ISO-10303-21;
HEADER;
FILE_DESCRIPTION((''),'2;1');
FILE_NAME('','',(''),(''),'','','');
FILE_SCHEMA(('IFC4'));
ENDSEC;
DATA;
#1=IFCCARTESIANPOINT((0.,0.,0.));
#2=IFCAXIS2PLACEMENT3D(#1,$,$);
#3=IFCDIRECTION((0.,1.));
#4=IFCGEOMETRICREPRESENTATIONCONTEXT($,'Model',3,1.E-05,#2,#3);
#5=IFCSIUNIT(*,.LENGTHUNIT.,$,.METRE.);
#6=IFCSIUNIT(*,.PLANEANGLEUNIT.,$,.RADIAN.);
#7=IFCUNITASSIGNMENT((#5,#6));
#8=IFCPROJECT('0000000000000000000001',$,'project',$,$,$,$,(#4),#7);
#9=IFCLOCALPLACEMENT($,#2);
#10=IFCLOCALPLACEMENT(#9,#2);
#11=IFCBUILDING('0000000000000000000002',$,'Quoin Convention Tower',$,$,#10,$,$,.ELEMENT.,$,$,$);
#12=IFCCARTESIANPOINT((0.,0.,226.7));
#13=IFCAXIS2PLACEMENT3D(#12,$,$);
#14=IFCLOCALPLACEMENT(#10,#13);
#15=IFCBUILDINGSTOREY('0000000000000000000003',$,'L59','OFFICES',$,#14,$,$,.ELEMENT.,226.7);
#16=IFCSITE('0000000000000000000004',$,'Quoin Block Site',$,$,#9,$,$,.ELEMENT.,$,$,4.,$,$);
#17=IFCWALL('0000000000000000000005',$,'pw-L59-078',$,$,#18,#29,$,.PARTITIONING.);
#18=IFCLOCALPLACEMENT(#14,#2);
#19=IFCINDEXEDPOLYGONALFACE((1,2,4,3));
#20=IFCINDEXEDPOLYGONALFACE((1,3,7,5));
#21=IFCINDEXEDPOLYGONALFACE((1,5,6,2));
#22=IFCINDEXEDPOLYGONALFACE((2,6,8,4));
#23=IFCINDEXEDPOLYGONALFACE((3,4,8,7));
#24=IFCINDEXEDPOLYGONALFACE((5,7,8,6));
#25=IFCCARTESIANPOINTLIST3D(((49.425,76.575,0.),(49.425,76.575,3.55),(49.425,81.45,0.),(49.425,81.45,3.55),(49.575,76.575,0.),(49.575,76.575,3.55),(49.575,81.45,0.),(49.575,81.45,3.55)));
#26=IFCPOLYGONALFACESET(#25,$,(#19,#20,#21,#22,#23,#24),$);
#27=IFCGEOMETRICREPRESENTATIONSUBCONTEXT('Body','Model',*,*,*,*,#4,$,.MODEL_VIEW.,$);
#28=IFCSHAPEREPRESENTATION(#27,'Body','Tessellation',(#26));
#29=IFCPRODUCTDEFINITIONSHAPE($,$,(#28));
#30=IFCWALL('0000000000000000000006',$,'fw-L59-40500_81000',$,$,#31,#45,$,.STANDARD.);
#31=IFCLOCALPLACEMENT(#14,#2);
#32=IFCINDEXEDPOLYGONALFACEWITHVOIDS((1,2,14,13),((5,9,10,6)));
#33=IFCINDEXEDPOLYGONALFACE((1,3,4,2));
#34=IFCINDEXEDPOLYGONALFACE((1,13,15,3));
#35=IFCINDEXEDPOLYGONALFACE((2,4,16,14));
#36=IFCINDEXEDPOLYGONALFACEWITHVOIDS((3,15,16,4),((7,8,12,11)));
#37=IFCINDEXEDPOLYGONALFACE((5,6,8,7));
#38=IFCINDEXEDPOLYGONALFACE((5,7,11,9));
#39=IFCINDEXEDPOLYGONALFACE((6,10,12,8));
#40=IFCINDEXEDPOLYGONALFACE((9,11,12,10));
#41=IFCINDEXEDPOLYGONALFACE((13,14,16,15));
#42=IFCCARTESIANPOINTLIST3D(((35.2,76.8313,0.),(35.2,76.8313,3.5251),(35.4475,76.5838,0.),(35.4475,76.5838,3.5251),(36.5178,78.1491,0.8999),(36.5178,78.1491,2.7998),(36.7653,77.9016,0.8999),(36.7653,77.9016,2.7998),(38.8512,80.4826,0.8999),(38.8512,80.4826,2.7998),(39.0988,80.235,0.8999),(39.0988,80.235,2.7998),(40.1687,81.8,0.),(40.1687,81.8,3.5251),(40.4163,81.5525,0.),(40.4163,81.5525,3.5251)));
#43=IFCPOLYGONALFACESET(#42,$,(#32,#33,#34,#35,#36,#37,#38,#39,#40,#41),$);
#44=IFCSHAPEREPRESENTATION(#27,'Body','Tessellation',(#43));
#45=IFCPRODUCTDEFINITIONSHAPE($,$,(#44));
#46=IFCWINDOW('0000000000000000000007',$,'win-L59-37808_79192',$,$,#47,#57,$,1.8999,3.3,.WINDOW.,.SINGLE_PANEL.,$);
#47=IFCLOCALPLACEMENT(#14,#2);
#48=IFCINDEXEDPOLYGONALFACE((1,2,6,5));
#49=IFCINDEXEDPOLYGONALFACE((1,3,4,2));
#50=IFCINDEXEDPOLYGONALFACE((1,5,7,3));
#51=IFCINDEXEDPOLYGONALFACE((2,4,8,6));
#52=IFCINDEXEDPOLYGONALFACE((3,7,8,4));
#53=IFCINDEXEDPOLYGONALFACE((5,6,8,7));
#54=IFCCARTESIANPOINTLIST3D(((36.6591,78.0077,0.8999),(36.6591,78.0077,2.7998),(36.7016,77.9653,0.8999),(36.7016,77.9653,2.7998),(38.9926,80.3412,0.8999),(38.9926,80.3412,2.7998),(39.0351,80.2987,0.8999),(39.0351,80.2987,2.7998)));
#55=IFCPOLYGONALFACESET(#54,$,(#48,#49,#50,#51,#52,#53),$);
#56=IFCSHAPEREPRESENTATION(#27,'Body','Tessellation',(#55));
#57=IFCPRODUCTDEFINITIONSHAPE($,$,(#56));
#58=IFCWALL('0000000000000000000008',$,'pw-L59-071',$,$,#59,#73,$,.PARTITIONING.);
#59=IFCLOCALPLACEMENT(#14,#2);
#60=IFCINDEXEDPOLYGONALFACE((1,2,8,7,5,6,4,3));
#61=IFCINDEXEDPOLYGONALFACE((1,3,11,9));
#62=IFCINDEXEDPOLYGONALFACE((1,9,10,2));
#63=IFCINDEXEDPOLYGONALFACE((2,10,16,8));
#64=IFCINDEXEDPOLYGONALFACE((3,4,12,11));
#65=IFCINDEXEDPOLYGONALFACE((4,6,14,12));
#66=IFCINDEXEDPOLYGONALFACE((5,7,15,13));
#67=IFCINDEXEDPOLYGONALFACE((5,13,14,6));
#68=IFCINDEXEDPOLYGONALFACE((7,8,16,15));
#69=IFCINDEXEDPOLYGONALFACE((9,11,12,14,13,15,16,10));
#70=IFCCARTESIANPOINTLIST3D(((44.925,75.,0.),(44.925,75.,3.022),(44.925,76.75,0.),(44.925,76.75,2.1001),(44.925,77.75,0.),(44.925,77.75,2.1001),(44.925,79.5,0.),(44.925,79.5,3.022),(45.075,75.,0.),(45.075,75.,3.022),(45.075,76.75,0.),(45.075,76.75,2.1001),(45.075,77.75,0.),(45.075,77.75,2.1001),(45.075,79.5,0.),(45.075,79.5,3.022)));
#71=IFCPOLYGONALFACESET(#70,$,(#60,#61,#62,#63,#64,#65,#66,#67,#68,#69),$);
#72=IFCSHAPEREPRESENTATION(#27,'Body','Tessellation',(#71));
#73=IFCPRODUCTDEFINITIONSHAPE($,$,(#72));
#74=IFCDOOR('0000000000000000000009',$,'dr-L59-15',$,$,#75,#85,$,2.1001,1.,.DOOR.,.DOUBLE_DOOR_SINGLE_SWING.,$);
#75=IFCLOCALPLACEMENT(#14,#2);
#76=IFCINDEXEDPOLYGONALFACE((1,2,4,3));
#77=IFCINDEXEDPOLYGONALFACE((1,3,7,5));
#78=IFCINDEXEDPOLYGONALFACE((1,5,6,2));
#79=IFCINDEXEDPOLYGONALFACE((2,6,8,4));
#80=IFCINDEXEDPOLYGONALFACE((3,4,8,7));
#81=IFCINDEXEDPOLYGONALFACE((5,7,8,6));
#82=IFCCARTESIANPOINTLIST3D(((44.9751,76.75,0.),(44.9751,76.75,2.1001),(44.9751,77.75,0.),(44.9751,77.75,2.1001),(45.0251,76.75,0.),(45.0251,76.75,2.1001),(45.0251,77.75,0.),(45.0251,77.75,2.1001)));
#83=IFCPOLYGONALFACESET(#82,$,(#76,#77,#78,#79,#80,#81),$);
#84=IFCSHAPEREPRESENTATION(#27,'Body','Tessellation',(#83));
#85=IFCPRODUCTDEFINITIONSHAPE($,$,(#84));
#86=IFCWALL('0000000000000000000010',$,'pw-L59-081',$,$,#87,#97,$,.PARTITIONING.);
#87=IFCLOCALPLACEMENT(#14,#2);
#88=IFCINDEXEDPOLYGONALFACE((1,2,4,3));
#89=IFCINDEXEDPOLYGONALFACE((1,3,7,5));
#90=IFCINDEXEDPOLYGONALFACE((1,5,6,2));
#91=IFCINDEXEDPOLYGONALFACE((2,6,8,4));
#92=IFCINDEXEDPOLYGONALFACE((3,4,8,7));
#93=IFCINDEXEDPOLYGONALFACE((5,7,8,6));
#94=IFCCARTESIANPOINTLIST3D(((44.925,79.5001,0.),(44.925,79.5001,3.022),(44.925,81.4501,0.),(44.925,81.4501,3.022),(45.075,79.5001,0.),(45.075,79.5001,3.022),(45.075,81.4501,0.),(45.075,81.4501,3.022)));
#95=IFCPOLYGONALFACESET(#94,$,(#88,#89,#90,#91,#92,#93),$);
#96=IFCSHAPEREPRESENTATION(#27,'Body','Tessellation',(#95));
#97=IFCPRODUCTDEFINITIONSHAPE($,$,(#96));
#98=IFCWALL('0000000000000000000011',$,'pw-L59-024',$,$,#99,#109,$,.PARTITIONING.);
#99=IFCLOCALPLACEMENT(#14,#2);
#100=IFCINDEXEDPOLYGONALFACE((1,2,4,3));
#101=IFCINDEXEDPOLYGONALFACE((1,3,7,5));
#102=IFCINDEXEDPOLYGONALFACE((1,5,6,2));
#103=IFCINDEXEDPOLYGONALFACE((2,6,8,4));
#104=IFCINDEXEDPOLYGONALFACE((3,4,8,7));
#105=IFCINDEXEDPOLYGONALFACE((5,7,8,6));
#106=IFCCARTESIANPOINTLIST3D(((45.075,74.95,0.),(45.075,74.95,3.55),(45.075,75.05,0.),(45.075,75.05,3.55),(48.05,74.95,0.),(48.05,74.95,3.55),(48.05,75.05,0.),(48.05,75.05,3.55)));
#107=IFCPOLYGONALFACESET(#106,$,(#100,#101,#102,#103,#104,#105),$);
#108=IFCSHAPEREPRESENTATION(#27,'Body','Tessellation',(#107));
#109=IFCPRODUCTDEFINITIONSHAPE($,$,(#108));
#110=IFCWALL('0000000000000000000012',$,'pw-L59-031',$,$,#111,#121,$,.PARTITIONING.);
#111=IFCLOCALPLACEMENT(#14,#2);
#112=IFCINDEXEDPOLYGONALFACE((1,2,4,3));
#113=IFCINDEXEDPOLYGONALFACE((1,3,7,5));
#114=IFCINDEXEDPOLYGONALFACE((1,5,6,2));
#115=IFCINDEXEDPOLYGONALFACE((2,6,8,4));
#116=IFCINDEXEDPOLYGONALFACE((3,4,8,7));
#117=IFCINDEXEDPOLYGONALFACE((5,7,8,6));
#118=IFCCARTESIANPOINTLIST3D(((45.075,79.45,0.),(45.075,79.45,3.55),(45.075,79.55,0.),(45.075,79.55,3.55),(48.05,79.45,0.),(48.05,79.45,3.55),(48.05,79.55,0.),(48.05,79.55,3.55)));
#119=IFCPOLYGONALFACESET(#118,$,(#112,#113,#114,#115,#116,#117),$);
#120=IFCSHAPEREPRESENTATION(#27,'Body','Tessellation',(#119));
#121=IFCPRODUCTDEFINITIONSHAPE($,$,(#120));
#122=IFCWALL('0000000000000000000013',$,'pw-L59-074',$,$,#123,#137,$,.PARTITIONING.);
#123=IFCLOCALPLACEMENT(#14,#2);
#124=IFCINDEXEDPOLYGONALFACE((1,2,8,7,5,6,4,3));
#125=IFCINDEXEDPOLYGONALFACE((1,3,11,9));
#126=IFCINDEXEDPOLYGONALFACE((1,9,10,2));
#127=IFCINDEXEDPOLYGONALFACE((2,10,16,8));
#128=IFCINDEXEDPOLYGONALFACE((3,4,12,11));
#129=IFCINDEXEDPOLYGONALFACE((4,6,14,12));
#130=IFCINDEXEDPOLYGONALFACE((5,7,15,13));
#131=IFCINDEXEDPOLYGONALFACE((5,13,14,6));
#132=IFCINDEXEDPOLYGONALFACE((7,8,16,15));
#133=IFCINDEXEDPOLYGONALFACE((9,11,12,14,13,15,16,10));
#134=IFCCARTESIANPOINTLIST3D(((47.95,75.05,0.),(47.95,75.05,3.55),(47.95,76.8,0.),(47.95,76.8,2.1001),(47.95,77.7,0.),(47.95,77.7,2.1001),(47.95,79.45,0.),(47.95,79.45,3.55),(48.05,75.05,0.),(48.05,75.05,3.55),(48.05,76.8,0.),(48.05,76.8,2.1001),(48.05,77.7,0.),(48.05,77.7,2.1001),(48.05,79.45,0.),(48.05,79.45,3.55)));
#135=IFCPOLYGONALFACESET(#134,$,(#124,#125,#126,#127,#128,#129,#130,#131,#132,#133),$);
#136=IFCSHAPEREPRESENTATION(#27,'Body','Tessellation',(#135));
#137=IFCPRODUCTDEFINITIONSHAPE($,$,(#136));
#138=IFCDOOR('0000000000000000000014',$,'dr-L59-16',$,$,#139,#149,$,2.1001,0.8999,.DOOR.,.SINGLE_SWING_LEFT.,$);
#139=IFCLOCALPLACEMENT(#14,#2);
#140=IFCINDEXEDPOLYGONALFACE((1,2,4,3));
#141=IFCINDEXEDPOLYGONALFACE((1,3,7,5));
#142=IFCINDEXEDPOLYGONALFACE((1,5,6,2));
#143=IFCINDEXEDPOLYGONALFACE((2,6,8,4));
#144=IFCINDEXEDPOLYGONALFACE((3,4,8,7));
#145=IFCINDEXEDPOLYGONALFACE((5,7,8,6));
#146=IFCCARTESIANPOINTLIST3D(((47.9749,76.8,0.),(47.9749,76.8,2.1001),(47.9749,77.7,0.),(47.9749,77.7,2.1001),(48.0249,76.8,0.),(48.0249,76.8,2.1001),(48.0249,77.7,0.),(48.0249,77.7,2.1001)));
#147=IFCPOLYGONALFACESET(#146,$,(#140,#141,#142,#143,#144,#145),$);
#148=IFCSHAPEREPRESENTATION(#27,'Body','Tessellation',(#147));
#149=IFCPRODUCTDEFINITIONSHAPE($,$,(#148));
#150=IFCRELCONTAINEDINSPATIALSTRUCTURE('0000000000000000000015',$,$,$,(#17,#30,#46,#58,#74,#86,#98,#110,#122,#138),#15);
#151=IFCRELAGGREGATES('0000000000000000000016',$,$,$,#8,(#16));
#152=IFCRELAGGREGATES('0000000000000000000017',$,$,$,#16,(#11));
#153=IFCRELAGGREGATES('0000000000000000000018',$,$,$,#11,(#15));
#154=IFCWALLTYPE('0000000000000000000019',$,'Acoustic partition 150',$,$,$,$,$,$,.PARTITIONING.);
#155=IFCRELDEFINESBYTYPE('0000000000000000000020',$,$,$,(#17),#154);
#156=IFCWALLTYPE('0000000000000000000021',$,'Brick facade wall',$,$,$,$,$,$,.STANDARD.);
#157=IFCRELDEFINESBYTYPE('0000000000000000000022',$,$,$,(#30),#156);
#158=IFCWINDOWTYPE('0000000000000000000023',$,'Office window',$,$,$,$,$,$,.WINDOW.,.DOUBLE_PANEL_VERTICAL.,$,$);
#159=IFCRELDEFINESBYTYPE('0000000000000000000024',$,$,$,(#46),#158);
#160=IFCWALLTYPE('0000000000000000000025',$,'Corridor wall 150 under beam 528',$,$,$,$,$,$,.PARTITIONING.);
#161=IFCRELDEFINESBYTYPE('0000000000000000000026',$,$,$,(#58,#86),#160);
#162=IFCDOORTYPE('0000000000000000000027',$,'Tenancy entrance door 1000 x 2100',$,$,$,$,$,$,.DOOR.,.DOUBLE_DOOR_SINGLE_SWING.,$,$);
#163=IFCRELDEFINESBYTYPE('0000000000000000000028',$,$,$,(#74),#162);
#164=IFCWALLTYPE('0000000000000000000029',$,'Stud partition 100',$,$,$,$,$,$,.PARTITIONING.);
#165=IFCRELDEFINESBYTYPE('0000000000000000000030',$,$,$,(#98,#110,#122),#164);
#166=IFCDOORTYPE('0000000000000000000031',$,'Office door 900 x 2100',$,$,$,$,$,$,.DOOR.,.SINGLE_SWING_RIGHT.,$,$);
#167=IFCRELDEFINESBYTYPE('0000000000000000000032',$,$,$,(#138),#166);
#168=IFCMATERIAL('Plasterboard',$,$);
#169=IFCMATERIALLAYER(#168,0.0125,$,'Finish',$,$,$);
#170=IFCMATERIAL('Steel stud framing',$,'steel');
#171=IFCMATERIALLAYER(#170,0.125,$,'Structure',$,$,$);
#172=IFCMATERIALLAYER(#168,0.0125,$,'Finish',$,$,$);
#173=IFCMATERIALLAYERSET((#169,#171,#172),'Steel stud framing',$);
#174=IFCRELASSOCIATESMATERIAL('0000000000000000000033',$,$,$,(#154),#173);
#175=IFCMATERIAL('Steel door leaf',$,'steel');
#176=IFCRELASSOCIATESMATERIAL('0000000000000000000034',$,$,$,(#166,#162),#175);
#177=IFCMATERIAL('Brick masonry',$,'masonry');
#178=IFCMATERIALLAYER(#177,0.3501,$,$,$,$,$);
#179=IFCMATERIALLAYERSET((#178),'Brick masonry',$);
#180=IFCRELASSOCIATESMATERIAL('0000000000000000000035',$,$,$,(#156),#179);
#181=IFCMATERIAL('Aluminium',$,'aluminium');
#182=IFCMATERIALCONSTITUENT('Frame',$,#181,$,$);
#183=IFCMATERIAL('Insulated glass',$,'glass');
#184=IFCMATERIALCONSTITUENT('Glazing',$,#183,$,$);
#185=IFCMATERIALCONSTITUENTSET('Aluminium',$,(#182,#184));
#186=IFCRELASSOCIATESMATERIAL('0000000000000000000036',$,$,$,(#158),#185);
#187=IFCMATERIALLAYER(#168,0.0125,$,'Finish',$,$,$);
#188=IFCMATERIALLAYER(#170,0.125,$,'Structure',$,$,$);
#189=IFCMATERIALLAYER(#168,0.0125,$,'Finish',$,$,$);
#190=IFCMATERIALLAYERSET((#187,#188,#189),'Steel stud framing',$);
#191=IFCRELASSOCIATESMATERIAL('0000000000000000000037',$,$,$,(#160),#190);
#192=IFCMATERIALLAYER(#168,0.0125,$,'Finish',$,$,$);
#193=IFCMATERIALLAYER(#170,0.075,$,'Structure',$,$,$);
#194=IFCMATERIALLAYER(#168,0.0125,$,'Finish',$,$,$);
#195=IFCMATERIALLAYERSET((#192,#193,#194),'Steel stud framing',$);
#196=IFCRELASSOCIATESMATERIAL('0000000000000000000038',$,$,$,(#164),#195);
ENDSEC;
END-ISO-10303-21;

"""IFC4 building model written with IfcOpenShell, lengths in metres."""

from ifc_helpers import new_model, si_unit, direction, frame, frame_2d, origin, place, context, subcontext, project, spatial, rectangle, extrude, material, layer, layer_set, constituent, constituent_set, type_object, element, fill, save


model = new_model("IFC4")

# Units and contexts
model_context = context("Model", 3, precision=1e-05, world=origin(), true_north=direction((0.0, 1.0)))
body_context = subcontext(model_context, "Body", "Model", "MODEL_VIEW")
ifc_project = project(units=[si_unit("LENGTHUNIT", "METRE"), si_unit("PLANEANGLEUNIT", "RADIAN")], contexts=[model_context])

# Site, building, storey
site_placement = place(None, origin())
site = spatial("IfcSite", under=ifc_project, at=site_placement, Name="Quoin Block Site", CompositionType="ELEMENT", RefElevation=4.0)
building_placement = place(site_placement, origin())
building = spatial("IfcBuilding", under=site, at=building_placement, Name="Quoin Convention Tower", CompositionType="ELEMENT")
storey_placement = place(building_placement, frame((0.0, 0.0, 226.7)))
storey = spatial("IfcBuildingStorey", under=building, at=storey_placement, Name="L59", Description="OFFICES", CompositionType="ELEMENT", Elevation=226.7)

# Shared definitions
ifc_material_1 = material(Name="Plasterboard")
ifc_layer_1 = layer(ifc_material_1, 0.0125, Name="Finish")
ifc_material_2 = material(Name="Steel stud framing", Category="steel")
ifc_layer_2 = layer(ifc_material_2, 0.125, Name="Structure")
ifc_layer_3 = layer(ifc_material_1, 0.0125, Name="Finish")
ifc_layer_set_1 = layer_set([ifc_layer_1, ifc_layer_2, ifc_layer_3], Name="Steel stud framing")
wall_type_1 = type_object("IfcWallType", Name="Acoustic partition 150", PredefinedType="PARTITIONING", material=ifc_layer_set_1)
ifc_material_3 = material(Name="Steel door leaf", Category="steel")
door_type_1 = type_object("IfcDoorType", Name="Office door 900 x 2100", OperationType="SINGLE_SWING_RIGHT", PredefinedType="DOOR", material=ifc_material_3)

# Wall
wall_1_placement = place(storey_placement, frame((49.5, 76.575, 0.0), z_axis=(0.0, 0.0, 1.0), x_axis=(0.0, 1.0, 0.0)))
element("IfcWall", 1, at=wall_1_placement, inside=storey, type_object=wall_type_1, Name="pw-L59-078", PredefinedType="PARTITIONING", context=body_context, shape_type="SweptSolid", body=[
    extrude(rectangle(XDim=4.875, YDim=0.1499, at=frame_2d((2.4375, 0.0))), origin(), (0.0, 0.0, 1.0), 3.55),
])

# Wall, opening, window
ifc_material_4 = material(Name="Brick masonry", Category="masonry")
ifc_layer_4 = layer(ifc_material_4, 0.3501)
ifc_layer_set_2 = layer_set([ifc_layer_4], Name="Brick masonry")
wall_type_2 = type_object("IfcWallType", Name="Brick facade wall", PredefinedType="STANDARD", material=ifc_layer_set_2)
wall_2_placement = place(storey_placement, frame((40.2925, 81.6763, 0.0), z_axis=(0.0, 0.0, 1.0), x_axis=(-0.707107, -0.707107, 0.0)))
wall_2 = element("IfcWall", 2, at=wall_2_placement, inside=storey, type_object=wall_type_2, Name="fw-L59-40500_81000", PredefinedType="STANDARD", context=body_context, shape_type="SweptSolid", body=[
    extrude(rectangle(XDim=7.0269, YDim=0.3501, at=frame_2d((3.5134, 0.0))), origin(), (0.0, 0.0, 1.0), 3.5251),
])
opening_1_placement = place(wall_2_placement, frame((1.8633, 0.0, 0.8999)))
opening_1 = element("IfcOpeningElement", 3, at=opening_1_placement, cuts=wall_2, PredefinedType="OPENING", context=body_context, shape_type="SweptSolid", body=[
    extrude(rectangle(XDim=3.3, YDim=1.8999, at=frame_2d((1.6499, 0.95))), frame((0.0, 0.1851, 0.0), z_axis=(0.0, -1.0, 0.0), x_axis=(1.0, 0.0, 0.0)), (0.0, 0.0, 1.0), 0.3701),
])
ifc_material_5 = material(Name="Aluminium", Category="aluminium")
ifc_constituent_1 = constituent(ifc_material_5, Name="Frame")
ifc_material_6 = material(Name="Insulated glass", Category="glass")
ifc_constituent_2 = constituent(ifc_material_6, Name="Glazing")
ifc_constituent_set = constituent_set(constituents=[ifc_constituent_1, ifc_constituent_2], Name="Aluminium")
window_type = type_object("IfcWindowType", Name="Office window", PartitioningType="DOUBLE_PANEL_VERTICAL", PredefinedType="WINDOW", material=ifc_constituent_set)
window_placement = place(opening_1_placement, origin())
window = element("IfcWindow", 4, at=window_placement, inside=storey, type_object=window_type, Name="win-L59-37808_79192", OverallHeight=1.8999, OverallWidth=3.3, PartitioningType="SINGLE_PANEL", PredefinedType="WINDOW", context=body_context, shape_type="SweptSolid", body=[
    extrude(rectangle(XDim=3.3, YDim=1.8999, at=frame_2d((1.6499, 0.95))), frame((0.0, 0.085, 0.0), z_axis=(0.0, -1.0, 0.0), x_axis=(1.0, 0.0, 0.0)), (0.0, 0.0, 1.0), 0.0601),
])
fill(opening_1, window)

# Wall, opening, door
ifc_layer_5 = layer(ifc_material_1, 0.0125, Name="Finish")
ifc_layer_6 = layer(ifc_material_2, 0.125, Name="Structure")
ifc_layer_7 = layer(ifc_material_1, 0.0125, Name="Finish")
ifc_layer_set_3 = layer_set([ifc_layer_5, ifc_layer_6, ifc_layer_7], Name="Steel stud framing")
wall_type_3 = type_object("IfcWallType", Name="Corridor wall 150 under beam 528", PredefinedType="PARTITIONING", material=ifc_layer_set_3)
wall_3_placement = place(storey_placement, frame((45.0, 75.0, 0.0), z_axis=(0.0, 0.0, 1.0), x_axis=(0.0, 1.0, 0.0)))
wall_3 = element("IfcWall", 5, at=wall_3_placement, inside=storey, type_object=wall_type_3, Name="pw-L59-071", PredefinedType="PARTITIONING", context=body_context, shape_type="SweptSolid", body=[
    extrude(rectangle(XDim=4.5, YDim=0.1499, at=frame_2d((2.25, 0.0))), origin(), (0.0, 0.0, 1.0), 3.022),
])
opening_2_placement = place(wall_3_placement, frame((1.75, 0.0, 0.0)))
opening_2 = element("IfcOpeningElement", 6, at=opening_2_placement, cuts=wall_3, PredefinedType="OPENING", context=body_context, shape_type="SweptSolid", body=[
    extrude(rectangle(XDim=1.0, YDim=2.1001, at=frame_2d((0.5, 1.05))), frame((0.0, 0.085, 0.0), z_axis=(0.0, -1.0, 0.0), x_axis=(1.0, 0.0, 0.0)), (0.0, 0.0, 1.0), 0.1699),
])
door_type_2 = type_object("IfcDoorType", Name="Tenancy entrance door 1000 x 2100", OperationType="DOUBLE_DOOR_SINGLE_SWING", PredefinedType="DOOR", material=ifc_material_3)
door_1_placement = place(opening_2_placement, origin())
door_1 = element("IfcDoor", 7, at=door_1_placement, inside=storey, type_object=door_type_2, Name="dr-L59-15", OperationType="DOUBLE_DOOR_SINGLE_SWING", OverallHeight=2.1001, OverallWidth=1.0, PredefinedType="DOOR", context=body_context, shape_type="SweptSolid", body=[
    extrude(rectangle(XDim=1.0, YDim=2.1001, at=frame_2d((0.5, 1.05))), frame((0.0, 0.0249, 0.0), z_axis=(0.0, -1.0, 0.0), x_axis=(1.0, 0.0, 0.0)), (0.0, 0.0, 1.0), 0.05),
])
fill(opening_2, door_1)

# Walls
wall_4_placement = place(storey_placement, frame((45.0, 79.5, 0.0), z_axis=(0.0, 0.0, 1.0), x_axis=(0.0, 1.0, 0.0)))
element("IfcWall", 8, at=wall_4_placement, inside=storey, type_object=wall_type_3, Name="pw-L59-081", PredefinedType="PARTITIONING", context=body_context, shape_type="SweptSolid", body=[
    extrude(rectangle(XDim=1.95, YDim=0.1499, at=frame_2d((0.9751, 0.0))), origin(), (0.0, 0.0, 1.0), 3.022),
])
ifc_layer_8 = layer(ifc_material_1, 0.0125, Name="Finish")
ifc_layer_9 = layer(ifc_material_2, 0.075, Name="Structure")
ifc_layer_10 = layer(ifc_material_1, 0.0125, Name="Finish")
ifc_layer_set_4 = layer_set([ifc_layer_8, ifc_layer_9, ifc_layer_10], Name="Steel stud framing")
wall_type_4 = type_object("IfcWallType", Name="Stud partition 100", PredefinedType="PARTITIONING", material=ifc_layer_set_4)
for number, where, z_axis, x_axis, name in (
    (9, (45.075, 75.0, 0.0), (0.0, 0.0, 1.0), (1.0, 0.0, 0.0), "pw-L59-024"),
    (10, (45.075, 79.5, 0.0), (0.0, 0.0, 1.0), (1.0, 0.0, 0.0), "pw-L59-031"),
):
    element("IfcWall", number, at=place(storey_placement, frame(where, z_axis=z_axis, x_axis=x_axis)), inside=storey, type_object=wall_type_4, Name=name, PredefinedType="PARTITIONING", context=body_context, shape_type="SweptSolid", body=[
        extrude(rectangle(XDim=2.9751, YDim=0.1001, at=frame_2d((1.4875, 0.0))), origin(), (0.0, 0.0, 1.0), 3.55),
    ])

# Wall, opening, door
wall_5_placement = place(storey_placement, frame((48.0, 75.05, 0.0), z_axis=(0.0, 0.0, 1.0), x_axis=(0.0, 1.0, 0.0)))
wall_5 = element("IfcWall", 11, at=wall_5_placement, inside=storey, type_object=wall_type_4, Name="pw-L59-074", PredefinedType="PARTITIONING", context=body_context, shape_type="SweptSolid", body=[
    extrude(rectangle(XDim=4.3999, YDim=0.1001, at=frame_2d((2.2, 0.0))), origin(), (0.0, 0.0, 1.0), 3.55),
])
opening_3_placement = place(wall_5_placement, frame((1.75, 0.0, 0.0)))
opening_3 = element("IfcOpeningElement", 12, at=opening_3_placement, cuts=wall_5, PredefinedType="OPENING", context=body_context, shape_type="SweptSolid", body=[
    extrude(rectangle(XDim=0.8999, YDim=2.1001, at=frame_2d((0.45, 1.05))), frame((0.0, 0.0601, 0.0), z_axis=(0.0, -1.0, 0.0), x_axis=(1.0, 0.0, 0.0)), (0.0, 0.0, 1.0), 0.1201),
])
door_2_placement = place(opening_3_placement, frame((0.8999, 0.0, 0.0), z_axis=(0.0, 0.0, 1.0), x_axis=(-1.0, 0.0, 0.0)))
door_2 = element("IfcDoor", 13, at=door_2_placement, inside=storey, type_object=door_type_1, Name="dr-L59-16", OperationType="SINGLE_SWING_LEFT", OverallHeight=2.1001, OverallWidth=0.8999, PredefinedType="DOOR", context=body_context, shape_type="SweptSolid", body=[
    extrude(rectangle(XDim=0.8999, YDim=2.1001, at=frame_2d((0.45, 1.05))), frame((0.0, 0.0249, 0.0), z_axis=(0.0, -1.0, 0.0), x_axis=(1.0, 0.0, 0.0)), (0.0, 0.0, 1.0), 0.05),
])
fill(opening_3, door_2)

save(model, "model.ifc")
